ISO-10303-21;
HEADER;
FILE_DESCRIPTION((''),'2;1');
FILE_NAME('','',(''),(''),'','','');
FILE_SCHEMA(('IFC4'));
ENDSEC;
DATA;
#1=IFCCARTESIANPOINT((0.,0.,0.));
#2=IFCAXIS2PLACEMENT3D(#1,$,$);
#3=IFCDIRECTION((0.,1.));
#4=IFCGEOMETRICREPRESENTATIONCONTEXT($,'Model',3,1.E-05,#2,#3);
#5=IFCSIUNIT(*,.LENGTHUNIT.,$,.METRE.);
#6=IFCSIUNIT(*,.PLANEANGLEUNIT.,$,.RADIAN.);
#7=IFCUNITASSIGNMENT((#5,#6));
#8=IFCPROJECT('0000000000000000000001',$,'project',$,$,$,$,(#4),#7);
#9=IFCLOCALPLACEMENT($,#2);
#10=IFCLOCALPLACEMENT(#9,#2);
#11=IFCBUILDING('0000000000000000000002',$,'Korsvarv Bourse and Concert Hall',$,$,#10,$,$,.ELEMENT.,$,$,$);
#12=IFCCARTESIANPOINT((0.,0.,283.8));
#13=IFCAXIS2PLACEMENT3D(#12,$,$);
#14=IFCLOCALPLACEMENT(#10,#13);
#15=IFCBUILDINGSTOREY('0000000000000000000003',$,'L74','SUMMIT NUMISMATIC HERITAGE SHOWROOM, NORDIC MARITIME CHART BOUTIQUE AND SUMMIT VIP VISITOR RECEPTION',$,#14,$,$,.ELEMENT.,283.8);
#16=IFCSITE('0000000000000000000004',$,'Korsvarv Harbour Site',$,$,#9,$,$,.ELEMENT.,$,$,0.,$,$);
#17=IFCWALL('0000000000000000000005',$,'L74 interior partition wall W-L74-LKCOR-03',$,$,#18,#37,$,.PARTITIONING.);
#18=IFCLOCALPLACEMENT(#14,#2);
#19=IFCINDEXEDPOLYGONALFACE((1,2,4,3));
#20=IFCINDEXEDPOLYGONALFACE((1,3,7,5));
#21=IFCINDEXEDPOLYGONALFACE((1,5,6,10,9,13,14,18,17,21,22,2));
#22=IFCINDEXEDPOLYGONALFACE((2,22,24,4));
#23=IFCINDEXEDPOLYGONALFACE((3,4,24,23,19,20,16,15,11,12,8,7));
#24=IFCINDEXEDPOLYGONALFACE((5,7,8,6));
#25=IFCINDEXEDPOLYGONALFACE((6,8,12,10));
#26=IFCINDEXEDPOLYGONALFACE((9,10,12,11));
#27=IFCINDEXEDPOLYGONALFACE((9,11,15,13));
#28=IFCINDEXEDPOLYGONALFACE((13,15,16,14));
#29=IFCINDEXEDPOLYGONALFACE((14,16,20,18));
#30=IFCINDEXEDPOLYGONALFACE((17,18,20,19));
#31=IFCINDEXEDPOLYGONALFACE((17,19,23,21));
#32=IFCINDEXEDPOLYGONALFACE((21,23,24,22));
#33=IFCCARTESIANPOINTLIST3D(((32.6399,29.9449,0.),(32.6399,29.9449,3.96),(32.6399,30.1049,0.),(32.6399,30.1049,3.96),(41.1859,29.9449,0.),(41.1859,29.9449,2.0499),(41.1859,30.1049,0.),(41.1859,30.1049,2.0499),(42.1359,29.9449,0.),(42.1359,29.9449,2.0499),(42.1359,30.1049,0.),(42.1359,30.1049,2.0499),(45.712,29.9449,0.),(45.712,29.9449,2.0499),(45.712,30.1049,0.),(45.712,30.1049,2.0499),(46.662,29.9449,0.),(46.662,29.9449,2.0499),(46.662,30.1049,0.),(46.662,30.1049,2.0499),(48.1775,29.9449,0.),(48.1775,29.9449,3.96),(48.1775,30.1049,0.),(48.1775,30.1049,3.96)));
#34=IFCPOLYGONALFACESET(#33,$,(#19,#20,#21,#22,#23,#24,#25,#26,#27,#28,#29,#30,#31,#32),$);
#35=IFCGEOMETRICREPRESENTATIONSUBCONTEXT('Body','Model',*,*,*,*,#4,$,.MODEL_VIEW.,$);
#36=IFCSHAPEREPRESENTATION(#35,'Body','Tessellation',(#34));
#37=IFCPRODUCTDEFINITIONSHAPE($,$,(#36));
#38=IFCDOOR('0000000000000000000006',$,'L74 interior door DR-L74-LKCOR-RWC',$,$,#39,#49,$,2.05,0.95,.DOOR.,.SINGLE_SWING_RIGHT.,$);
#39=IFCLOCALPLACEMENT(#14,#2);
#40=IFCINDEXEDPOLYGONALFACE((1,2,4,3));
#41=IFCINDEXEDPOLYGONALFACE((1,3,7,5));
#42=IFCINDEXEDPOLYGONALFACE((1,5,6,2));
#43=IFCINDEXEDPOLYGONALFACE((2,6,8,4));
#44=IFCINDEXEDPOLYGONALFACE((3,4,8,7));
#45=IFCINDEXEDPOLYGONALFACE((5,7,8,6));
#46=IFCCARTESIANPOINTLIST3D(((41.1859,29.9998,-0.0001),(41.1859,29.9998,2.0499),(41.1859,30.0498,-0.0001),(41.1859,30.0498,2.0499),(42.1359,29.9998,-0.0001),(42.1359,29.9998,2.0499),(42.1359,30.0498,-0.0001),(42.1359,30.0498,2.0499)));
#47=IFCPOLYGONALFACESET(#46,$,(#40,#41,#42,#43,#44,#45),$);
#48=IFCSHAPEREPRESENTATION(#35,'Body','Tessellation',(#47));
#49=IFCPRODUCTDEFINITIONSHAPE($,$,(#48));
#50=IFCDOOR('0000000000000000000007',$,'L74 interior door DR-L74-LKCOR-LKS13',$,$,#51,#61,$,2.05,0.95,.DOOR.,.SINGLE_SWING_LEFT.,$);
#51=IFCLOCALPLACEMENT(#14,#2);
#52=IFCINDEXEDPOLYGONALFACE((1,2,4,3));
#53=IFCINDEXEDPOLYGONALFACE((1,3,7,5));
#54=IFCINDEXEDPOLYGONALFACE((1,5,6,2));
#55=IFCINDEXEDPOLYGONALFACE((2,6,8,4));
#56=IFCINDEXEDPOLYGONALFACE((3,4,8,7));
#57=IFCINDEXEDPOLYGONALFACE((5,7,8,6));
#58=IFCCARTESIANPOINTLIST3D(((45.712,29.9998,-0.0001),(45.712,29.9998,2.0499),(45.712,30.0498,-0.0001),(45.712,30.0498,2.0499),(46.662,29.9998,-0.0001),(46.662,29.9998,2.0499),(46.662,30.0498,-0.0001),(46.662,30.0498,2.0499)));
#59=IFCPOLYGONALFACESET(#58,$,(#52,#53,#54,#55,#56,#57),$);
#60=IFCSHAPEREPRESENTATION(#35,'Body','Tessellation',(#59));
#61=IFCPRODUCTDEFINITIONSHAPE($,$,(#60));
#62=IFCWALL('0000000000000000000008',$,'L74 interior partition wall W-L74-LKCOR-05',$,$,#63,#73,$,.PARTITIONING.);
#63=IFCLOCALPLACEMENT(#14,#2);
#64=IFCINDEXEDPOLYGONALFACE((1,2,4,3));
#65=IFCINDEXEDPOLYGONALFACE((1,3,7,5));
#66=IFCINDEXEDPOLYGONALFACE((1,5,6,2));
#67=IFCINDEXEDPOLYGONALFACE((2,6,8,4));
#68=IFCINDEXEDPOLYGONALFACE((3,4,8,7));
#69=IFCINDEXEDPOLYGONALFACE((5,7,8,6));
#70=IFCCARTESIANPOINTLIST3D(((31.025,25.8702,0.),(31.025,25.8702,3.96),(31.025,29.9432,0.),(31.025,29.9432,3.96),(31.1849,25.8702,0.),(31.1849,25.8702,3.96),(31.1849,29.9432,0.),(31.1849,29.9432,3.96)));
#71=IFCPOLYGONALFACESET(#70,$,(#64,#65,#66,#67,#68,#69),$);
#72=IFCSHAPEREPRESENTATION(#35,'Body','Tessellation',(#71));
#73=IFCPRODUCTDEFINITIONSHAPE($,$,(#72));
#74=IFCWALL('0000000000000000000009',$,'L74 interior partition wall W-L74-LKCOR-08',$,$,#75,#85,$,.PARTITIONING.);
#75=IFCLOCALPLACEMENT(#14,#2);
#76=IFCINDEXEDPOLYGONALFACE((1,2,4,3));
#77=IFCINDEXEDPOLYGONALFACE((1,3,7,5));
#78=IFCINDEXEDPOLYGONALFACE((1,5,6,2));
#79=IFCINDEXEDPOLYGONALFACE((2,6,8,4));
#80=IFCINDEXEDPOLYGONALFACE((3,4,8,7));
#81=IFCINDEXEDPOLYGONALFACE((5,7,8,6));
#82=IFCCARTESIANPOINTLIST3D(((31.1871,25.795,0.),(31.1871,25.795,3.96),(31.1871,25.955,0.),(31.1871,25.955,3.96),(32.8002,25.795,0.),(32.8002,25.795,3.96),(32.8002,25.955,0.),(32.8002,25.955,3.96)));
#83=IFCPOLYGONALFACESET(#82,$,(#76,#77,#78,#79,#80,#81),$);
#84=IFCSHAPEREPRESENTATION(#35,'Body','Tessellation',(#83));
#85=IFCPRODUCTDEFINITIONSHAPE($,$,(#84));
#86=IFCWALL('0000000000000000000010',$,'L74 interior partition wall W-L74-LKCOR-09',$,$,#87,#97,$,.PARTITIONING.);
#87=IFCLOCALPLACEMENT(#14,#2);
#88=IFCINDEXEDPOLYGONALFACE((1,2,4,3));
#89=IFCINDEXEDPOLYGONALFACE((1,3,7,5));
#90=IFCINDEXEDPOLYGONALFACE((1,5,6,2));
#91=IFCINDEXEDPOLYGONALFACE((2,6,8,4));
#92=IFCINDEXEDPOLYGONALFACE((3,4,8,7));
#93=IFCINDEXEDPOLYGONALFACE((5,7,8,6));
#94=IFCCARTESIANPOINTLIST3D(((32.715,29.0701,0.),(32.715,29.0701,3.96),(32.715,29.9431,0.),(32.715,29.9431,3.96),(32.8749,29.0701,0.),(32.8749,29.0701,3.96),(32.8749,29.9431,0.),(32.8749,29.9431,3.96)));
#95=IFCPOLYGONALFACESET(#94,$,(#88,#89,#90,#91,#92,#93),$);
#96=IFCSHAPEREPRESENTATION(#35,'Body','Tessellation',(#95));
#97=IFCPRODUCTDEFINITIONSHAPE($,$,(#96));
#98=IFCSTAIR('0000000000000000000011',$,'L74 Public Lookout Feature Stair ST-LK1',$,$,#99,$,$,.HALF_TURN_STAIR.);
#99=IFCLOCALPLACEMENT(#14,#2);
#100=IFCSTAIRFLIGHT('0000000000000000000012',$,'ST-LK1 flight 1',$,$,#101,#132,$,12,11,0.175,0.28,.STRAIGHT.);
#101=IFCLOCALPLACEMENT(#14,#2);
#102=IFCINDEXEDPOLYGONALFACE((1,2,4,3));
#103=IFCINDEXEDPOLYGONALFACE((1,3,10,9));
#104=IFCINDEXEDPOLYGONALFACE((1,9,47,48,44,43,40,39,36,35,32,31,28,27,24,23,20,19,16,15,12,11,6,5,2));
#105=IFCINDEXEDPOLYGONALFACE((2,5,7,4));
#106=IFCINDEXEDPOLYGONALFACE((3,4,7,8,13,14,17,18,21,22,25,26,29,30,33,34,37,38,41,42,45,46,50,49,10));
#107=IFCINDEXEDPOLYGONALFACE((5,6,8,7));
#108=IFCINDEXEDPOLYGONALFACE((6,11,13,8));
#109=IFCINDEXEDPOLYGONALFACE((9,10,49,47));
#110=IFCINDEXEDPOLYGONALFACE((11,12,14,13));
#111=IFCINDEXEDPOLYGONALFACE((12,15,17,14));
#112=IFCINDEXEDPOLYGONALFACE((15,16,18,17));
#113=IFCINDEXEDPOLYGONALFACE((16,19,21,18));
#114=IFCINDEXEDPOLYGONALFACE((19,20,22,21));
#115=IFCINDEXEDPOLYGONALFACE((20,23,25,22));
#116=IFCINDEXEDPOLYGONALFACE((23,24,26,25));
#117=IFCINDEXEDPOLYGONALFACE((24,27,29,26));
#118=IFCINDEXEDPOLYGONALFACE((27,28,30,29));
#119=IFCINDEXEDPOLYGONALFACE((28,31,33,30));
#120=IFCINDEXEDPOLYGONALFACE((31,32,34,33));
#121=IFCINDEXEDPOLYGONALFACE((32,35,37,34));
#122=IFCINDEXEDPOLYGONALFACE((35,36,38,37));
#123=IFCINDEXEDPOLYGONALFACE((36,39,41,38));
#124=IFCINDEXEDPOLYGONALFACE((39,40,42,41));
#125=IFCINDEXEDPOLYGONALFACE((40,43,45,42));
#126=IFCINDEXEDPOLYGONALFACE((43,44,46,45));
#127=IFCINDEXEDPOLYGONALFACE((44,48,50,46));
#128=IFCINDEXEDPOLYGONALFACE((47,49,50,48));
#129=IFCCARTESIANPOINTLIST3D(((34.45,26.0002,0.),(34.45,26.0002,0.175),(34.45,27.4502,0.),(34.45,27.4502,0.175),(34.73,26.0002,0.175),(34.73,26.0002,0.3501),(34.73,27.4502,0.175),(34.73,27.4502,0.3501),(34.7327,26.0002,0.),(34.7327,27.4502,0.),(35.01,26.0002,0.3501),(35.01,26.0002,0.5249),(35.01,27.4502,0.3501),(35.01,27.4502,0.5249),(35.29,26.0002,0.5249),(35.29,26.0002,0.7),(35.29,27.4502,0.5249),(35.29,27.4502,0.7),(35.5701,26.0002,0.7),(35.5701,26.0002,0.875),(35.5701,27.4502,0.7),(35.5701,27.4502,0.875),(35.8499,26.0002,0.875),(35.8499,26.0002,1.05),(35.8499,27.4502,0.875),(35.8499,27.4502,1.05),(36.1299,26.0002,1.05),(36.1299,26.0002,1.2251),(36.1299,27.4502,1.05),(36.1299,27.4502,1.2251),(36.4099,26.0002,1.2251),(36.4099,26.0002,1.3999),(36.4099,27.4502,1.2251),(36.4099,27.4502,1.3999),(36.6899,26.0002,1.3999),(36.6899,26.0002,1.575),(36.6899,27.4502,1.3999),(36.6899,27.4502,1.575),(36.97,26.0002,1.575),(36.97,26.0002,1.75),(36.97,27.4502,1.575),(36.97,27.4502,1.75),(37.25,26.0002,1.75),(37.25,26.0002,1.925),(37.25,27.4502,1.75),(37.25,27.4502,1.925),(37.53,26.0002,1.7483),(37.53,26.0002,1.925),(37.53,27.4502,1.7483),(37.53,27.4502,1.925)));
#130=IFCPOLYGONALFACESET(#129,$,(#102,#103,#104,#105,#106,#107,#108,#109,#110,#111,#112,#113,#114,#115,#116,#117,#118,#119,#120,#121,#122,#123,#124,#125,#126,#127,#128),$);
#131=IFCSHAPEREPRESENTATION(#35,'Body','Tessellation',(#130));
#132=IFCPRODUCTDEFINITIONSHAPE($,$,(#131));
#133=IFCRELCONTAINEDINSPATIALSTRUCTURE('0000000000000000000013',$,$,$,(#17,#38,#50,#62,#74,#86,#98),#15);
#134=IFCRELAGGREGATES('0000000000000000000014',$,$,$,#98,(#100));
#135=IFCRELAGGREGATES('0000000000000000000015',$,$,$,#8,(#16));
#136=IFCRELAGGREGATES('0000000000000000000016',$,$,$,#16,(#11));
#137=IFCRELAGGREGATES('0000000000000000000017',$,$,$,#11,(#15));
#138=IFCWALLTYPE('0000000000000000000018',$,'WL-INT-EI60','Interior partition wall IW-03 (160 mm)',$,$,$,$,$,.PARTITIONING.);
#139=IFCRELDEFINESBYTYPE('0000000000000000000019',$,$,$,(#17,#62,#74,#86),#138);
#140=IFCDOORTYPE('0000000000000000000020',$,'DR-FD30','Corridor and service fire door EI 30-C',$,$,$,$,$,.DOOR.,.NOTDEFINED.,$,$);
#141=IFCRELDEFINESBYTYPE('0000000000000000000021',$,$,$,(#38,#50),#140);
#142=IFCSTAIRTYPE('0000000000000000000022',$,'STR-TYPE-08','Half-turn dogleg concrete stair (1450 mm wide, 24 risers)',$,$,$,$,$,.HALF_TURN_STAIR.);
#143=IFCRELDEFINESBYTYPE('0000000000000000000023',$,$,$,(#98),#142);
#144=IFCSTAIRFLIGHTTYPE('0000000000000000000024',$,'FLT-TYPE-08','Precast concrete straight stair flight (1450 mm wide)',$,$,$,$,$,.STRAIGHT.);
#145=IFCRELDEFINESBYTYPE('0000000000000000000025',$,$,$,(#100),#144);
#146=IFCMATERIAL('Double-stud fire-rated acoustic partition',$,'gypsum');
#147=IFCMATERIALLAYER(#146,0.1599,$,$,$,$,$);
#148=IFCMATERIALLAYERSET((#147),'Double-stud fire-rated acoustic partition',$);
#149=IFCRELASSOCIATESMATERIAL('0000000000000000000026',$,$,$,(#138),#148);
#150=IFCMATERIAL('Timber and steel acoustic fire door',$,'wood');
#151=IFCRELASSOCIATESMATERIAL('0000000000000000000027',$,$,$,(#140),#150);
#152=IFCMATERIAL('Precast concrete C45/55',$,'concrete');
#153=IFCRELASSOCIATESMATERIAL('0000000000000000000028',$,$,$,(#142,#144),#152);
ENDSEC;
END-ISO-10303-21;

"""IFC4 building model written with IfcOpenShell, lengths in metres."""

from ifc_helpers import new_model, si_unit, direction, frame, frame_2d, origin, place, context, subcontext, project, spatial, polyline, rectangle, outline, extrude, material, layer, layer_set, type_object, element, fill, aggregate, save


model = new_model("IFC4")

# Units and contexts
model_context = context("Model", 3, precision=1e-05, world=origin(), true_north=direction((0.0, 1.0)))
body_context = subcontext(model_context, "Body", "Model", "MODEL_VIEW")
ifc_project = project(units=[si_unit("LENGTHUNIT", "METRE"), si_unit("PLANEANGLEUNIT", "RADIAN")], contexts=[model_context])

# Site, building, storey
site_placement = place(None, origin())
site = spatial("IfcSite", under=ifc_project, at=site_placement, Name="Korsvarv Harbour Site", CompositionType="ELEMENT", RefElevation=0.0)
building_placement = place(site_placement, origin())
building = spatial("IfcBuilding", under=site, at=building_placement, Name="Korsvarv Bourse and Concert Hall", CompositionType="ELEMENT")
storey_placement = place(building_placement, frame((0.0, 0.0, 283.8)))
storey = spatial("IfcBuildingStorey", under=building, at=storey_placement, Name="L74", Description="SUMMIT NUMISMATIC HERITAGE SHOWROOM, NORDIC MARITIME CHART BOUTIQUE AND SUMMIT VIP VISITOR RECEPTION", CompositionType="ELEMENT", Elevation=283.8)

# Wall, openings, doors
ifc_material_1 = material(Name="Double-stud fire-rated acoustic partition", Category="gypsum")
ifc_layer_1 = layer(ifc_material_1, 0.1599)
ifc_layer_set_1 = layer_set([ifc_layer_1], Name="Double-stud fire-rated acoustic partition")
wall_type_1 = type_object("IfcWallType", Name="WL-INT-EI60", Description="Interior partition wall IW-03 (160 mm)", PredefinedType="PARTITIONING", material=ifc_layer_set_1)
wall_1_placement = place(storey_placement, frame((32.6399, 30.0249, 0.0), z_axis=(0.0, 0.0, 1.0), x_axis=(1.0, 0.0, 0.0)))
wall_1 = element("IfcWall", 1, at=wall_1_placement, inside=storey, type_object=wall_type_1, Name="L74 interior partition wall W-L74-LKCOR-03", PredefinedType="PARTITIONING", context=body_context, shape_type="SweptSolid", body=[
    extrude(rectangle(XDim=15.5376, YDim=0.1599, at=frame_2d((7.7688, 0.0))), origin(), (0.0, 0.0, 1.0), 3.96),
])
opening_1_placement = place(wall_1_placement, frame((8.5459, 0.0, 0.0)))
opening_1 = element("IfcOpeningElement", 2, at=opening_1_placement, cuts=wall_1, PredefinedType="OPENING", context=body_context, shape_type="SweptSolid", body=[
    extrude(rectangle(XDim=0.95, YDim=2.05, at=frame_2d((0.4751, 1.0249))), frame((0.0, 0.0898, 0.0), z_axis=(0.0, -1.0, 0.0), x_axis=(1.0, 0.0, 0.0)), (0.0, 0.0, 1.0), 0.1799),
])
opening_2_placement = place(wall_1_placement, frame((13.072, 0.0, 0.0)))
opening_2 = element("IfcOpeningElement", 3, at=opening_2_placement, cuts=wall_1, PredefinedType="OPENING", context=body_context, shape_type="SweptSolid", body=[
    extrude(rectangle(XDim=0.95, YDim=2.05, at=frame_2d((0.4751, 1.0249))), frame((0.0, 0.0898, 0.0), z_axis=(0.0, -1.0, 0.0), x_axis=(1.0, 0.0, 0.0)), (0.0, 0.0, 1.0), 0.1799),
])
ifc_material_2 = material(Name="Timber and steel acoustic fire door", Category="wood")
door_type_1 = type_object("IfcDoorType", Name="DR-FD30", Description="Corridor and service fire door EI 30-C", OperationType="NOTDEFINED", PredefinedType="DOOR", material=ifc_material_2)
door_1_placement = place(opening_1_placement, origin())
door_1 = element("IfcDoor", 4, at=door_1_placement, inside=storey, type_object=door_type_1, Name="L74 interior door DR-L74-LKCOR-RWC", OperationType="SINGLE_SWING_RIGHT", OverallHeight=2.05, OverallWidth=0.95, PredefinedType="DOOR", context=body_context, shape_type="SweptSolid", body=[
    extrude(rectangle(XDim=0.95, YDim=2.05, at=frame_2d((0.4751, 1.0249))), frame((0.0, 0.0249, 0.0), z_axis=(0.0, -1.0, 0.0), x_axis=(1.0, 0.0, 0.0)), (0.0, 0.0, 1.0), 0.05),
])
fill(opening_1, door_1)
door_2_placement = place(opening_2_placement, origin())
door_2 = element("IfcDoor", 5, at=door_2_placement, inside=storey, type_object=door_type_1, Name="L74 interior door DR-L74-LKCOR-LKS13", OperationType="SINGLE_SWING_LEFT", OverallHeight=2.05, OverallWidth=0.95, PredefinedType="DOOR", context=body_context, shape_type="SweptSolid", body=[
    extrude(rectangle(XDim=0.95, YDim=2.05, at=frame_2d((0.4751, 1.0249))), frame((0.0, 0.0249, 0.0), z_axis=(0.0, -1.0, 0.0), x_axis=(1.0, 0.0, 0.0)), (0.0, 0.0, 1.0), 0.05),
])
fill(opening_2, door_2)

# Walls
wall_2_placement = place(storey_placement, frame((31.105, 25.8701, 0.0), z_axis=(0.0, 0.0, 1.0), x_axis=(0.0, 1.0, 0.0)))
element("IfcWall", 6, at=wall_2_placement, inside=storey, type_object=wall_type_1, Name="L74 interior partition wall W-L74-LKCOR-05", PredefinedType="PARTITIONING", context=body_context, shape_type="SweptSolid", body=[
    extrude(rectangle(XDim=4.073, YDim=0.1599, at=frame_2d((2.0366, 0.0))), origin(), (0.0, 0.0, 1.0), 3.96),
])
wall_3_placement = place(storey_placement, frame((31.187, 25.875, 0.0), z_axis=(0.0, 0.0, 1.0), x_axis=(1.0, 0.0, 0.0)))
element("IfcWall", 7, at=wall_3_placement, inside=storey, type_object=wall_type_1, Name="L74 interior partition wall W-L74-LKCOR-08", PredefinedType="PARTITIONING", context=body_context, shape_type="SweptSolid", body=[
    extrude(rectangle(XDim=1.613, YDim=0.1599, at=frame_2d((0.8066, 0.0))), origin(), (0.0, 0.0, 1.0), 3.96),
])
wall_4_placement = place(storey_placement, frame((32.7949, 29.0701, 0.0), z_axis=(0.0, 0.0, 1.0), x_axis=(0.0, 1.0, 0.0)))
element("IfcWall", 8, at=wall_4_placement, inside=storey, type_object=wall_type_1, Name="L74 interior partition wall W-L74-LKCOR-09", PredefinedType="PARTITIONING", context=body_context, shape_type="SweptSolid", body=[
    extrude(rectangle(XDim=0.873, YDim=0.1599, at=frame_2d((0.4365, 0.0))), origin(), (0.0, 0.0, 1.0), 3.96),
])

# Stair, stair flight
ifc_material_3 = material(Name="Precast concrete C45/55", Category="concrete")
stair_type = type_object("IfcStairType", Name="STR-TYPE-08", Description="Half-turn dogleg concrete stair (1450 mm wide, 24 risers)", PredefinedType="HALF_TURN_STAIR", material=ifc_material_3)
stair_placement = place(storey_placement, origin())
stair = element("IfcStair", 9, at=stair_placement, inside=storey, type_object=stair_type, Name="L74 Public Lookout Feature Stair ST-LK1", PredefinedType="HALF_TURN_STAIR")
stair_flight_type = type_object("IfcStairFlightType", Name="FLT-TYPE-08", Description="Precast concrete straight stair flight (1450 mm wide)", PredefinedType="STRAIGHT", material=ifc_material_3)
stair_flight_placement = place(storey_placement, frame((34.45, 26.7251, 0.0), z_axis=(0.0, 0.0, 1.0), x_axis=(1.0, 0.0, 0.0)))
stair_flight = element("IfcStairFlight", 10, at=stair_flight_placement, type_object=stair_flight_type, Name="ST-LK1 flight 1", NumberOfRisers=12, NumberOfTreads=11, PredefinedType="STRAIGHT", RiserHeight=0.175, TreadLength=0.28, context=body_context, shape_type="SweptSolid", body=[
    extrude(outline(polyline([(0.0, 0.0), (0.0, 0.175), (0.28, 0.175), (0.28, 0.3501), (0.5601, 0.3501), (0.5601, 0.5249), (0.8401, 0.5249), (0.8401, 0.7), (1.1201, 0.7), (1.1201, 0.875), (1.3999, 0.875), (1.3999, 1.05), (1.6799, 1.05), (1.6799, 1.2251), (1.96, 1.2251), (1.96, 1.3999), (2.24, 1.3999), (2.24, 1.575), (2.52, 1.575), (2.52, 1.75), (2.8, 1.75), (2.8, 1.925), (3.0801, 1.925), (3.0801, 2.1001), (3.0801, 1.7483), (0.2827, 0.0), (0.0, 0.0)])), frame((0.0, 0.7251, 0.0), z_axis=(0.0, -1.0, 0.0), x_axis=(1.0, 0.0, 0.0)), (0.0, 0.0, 1.0), 1.45),
])
aggregate(stair, [stair_flight])

save(model, "model.ifc")
